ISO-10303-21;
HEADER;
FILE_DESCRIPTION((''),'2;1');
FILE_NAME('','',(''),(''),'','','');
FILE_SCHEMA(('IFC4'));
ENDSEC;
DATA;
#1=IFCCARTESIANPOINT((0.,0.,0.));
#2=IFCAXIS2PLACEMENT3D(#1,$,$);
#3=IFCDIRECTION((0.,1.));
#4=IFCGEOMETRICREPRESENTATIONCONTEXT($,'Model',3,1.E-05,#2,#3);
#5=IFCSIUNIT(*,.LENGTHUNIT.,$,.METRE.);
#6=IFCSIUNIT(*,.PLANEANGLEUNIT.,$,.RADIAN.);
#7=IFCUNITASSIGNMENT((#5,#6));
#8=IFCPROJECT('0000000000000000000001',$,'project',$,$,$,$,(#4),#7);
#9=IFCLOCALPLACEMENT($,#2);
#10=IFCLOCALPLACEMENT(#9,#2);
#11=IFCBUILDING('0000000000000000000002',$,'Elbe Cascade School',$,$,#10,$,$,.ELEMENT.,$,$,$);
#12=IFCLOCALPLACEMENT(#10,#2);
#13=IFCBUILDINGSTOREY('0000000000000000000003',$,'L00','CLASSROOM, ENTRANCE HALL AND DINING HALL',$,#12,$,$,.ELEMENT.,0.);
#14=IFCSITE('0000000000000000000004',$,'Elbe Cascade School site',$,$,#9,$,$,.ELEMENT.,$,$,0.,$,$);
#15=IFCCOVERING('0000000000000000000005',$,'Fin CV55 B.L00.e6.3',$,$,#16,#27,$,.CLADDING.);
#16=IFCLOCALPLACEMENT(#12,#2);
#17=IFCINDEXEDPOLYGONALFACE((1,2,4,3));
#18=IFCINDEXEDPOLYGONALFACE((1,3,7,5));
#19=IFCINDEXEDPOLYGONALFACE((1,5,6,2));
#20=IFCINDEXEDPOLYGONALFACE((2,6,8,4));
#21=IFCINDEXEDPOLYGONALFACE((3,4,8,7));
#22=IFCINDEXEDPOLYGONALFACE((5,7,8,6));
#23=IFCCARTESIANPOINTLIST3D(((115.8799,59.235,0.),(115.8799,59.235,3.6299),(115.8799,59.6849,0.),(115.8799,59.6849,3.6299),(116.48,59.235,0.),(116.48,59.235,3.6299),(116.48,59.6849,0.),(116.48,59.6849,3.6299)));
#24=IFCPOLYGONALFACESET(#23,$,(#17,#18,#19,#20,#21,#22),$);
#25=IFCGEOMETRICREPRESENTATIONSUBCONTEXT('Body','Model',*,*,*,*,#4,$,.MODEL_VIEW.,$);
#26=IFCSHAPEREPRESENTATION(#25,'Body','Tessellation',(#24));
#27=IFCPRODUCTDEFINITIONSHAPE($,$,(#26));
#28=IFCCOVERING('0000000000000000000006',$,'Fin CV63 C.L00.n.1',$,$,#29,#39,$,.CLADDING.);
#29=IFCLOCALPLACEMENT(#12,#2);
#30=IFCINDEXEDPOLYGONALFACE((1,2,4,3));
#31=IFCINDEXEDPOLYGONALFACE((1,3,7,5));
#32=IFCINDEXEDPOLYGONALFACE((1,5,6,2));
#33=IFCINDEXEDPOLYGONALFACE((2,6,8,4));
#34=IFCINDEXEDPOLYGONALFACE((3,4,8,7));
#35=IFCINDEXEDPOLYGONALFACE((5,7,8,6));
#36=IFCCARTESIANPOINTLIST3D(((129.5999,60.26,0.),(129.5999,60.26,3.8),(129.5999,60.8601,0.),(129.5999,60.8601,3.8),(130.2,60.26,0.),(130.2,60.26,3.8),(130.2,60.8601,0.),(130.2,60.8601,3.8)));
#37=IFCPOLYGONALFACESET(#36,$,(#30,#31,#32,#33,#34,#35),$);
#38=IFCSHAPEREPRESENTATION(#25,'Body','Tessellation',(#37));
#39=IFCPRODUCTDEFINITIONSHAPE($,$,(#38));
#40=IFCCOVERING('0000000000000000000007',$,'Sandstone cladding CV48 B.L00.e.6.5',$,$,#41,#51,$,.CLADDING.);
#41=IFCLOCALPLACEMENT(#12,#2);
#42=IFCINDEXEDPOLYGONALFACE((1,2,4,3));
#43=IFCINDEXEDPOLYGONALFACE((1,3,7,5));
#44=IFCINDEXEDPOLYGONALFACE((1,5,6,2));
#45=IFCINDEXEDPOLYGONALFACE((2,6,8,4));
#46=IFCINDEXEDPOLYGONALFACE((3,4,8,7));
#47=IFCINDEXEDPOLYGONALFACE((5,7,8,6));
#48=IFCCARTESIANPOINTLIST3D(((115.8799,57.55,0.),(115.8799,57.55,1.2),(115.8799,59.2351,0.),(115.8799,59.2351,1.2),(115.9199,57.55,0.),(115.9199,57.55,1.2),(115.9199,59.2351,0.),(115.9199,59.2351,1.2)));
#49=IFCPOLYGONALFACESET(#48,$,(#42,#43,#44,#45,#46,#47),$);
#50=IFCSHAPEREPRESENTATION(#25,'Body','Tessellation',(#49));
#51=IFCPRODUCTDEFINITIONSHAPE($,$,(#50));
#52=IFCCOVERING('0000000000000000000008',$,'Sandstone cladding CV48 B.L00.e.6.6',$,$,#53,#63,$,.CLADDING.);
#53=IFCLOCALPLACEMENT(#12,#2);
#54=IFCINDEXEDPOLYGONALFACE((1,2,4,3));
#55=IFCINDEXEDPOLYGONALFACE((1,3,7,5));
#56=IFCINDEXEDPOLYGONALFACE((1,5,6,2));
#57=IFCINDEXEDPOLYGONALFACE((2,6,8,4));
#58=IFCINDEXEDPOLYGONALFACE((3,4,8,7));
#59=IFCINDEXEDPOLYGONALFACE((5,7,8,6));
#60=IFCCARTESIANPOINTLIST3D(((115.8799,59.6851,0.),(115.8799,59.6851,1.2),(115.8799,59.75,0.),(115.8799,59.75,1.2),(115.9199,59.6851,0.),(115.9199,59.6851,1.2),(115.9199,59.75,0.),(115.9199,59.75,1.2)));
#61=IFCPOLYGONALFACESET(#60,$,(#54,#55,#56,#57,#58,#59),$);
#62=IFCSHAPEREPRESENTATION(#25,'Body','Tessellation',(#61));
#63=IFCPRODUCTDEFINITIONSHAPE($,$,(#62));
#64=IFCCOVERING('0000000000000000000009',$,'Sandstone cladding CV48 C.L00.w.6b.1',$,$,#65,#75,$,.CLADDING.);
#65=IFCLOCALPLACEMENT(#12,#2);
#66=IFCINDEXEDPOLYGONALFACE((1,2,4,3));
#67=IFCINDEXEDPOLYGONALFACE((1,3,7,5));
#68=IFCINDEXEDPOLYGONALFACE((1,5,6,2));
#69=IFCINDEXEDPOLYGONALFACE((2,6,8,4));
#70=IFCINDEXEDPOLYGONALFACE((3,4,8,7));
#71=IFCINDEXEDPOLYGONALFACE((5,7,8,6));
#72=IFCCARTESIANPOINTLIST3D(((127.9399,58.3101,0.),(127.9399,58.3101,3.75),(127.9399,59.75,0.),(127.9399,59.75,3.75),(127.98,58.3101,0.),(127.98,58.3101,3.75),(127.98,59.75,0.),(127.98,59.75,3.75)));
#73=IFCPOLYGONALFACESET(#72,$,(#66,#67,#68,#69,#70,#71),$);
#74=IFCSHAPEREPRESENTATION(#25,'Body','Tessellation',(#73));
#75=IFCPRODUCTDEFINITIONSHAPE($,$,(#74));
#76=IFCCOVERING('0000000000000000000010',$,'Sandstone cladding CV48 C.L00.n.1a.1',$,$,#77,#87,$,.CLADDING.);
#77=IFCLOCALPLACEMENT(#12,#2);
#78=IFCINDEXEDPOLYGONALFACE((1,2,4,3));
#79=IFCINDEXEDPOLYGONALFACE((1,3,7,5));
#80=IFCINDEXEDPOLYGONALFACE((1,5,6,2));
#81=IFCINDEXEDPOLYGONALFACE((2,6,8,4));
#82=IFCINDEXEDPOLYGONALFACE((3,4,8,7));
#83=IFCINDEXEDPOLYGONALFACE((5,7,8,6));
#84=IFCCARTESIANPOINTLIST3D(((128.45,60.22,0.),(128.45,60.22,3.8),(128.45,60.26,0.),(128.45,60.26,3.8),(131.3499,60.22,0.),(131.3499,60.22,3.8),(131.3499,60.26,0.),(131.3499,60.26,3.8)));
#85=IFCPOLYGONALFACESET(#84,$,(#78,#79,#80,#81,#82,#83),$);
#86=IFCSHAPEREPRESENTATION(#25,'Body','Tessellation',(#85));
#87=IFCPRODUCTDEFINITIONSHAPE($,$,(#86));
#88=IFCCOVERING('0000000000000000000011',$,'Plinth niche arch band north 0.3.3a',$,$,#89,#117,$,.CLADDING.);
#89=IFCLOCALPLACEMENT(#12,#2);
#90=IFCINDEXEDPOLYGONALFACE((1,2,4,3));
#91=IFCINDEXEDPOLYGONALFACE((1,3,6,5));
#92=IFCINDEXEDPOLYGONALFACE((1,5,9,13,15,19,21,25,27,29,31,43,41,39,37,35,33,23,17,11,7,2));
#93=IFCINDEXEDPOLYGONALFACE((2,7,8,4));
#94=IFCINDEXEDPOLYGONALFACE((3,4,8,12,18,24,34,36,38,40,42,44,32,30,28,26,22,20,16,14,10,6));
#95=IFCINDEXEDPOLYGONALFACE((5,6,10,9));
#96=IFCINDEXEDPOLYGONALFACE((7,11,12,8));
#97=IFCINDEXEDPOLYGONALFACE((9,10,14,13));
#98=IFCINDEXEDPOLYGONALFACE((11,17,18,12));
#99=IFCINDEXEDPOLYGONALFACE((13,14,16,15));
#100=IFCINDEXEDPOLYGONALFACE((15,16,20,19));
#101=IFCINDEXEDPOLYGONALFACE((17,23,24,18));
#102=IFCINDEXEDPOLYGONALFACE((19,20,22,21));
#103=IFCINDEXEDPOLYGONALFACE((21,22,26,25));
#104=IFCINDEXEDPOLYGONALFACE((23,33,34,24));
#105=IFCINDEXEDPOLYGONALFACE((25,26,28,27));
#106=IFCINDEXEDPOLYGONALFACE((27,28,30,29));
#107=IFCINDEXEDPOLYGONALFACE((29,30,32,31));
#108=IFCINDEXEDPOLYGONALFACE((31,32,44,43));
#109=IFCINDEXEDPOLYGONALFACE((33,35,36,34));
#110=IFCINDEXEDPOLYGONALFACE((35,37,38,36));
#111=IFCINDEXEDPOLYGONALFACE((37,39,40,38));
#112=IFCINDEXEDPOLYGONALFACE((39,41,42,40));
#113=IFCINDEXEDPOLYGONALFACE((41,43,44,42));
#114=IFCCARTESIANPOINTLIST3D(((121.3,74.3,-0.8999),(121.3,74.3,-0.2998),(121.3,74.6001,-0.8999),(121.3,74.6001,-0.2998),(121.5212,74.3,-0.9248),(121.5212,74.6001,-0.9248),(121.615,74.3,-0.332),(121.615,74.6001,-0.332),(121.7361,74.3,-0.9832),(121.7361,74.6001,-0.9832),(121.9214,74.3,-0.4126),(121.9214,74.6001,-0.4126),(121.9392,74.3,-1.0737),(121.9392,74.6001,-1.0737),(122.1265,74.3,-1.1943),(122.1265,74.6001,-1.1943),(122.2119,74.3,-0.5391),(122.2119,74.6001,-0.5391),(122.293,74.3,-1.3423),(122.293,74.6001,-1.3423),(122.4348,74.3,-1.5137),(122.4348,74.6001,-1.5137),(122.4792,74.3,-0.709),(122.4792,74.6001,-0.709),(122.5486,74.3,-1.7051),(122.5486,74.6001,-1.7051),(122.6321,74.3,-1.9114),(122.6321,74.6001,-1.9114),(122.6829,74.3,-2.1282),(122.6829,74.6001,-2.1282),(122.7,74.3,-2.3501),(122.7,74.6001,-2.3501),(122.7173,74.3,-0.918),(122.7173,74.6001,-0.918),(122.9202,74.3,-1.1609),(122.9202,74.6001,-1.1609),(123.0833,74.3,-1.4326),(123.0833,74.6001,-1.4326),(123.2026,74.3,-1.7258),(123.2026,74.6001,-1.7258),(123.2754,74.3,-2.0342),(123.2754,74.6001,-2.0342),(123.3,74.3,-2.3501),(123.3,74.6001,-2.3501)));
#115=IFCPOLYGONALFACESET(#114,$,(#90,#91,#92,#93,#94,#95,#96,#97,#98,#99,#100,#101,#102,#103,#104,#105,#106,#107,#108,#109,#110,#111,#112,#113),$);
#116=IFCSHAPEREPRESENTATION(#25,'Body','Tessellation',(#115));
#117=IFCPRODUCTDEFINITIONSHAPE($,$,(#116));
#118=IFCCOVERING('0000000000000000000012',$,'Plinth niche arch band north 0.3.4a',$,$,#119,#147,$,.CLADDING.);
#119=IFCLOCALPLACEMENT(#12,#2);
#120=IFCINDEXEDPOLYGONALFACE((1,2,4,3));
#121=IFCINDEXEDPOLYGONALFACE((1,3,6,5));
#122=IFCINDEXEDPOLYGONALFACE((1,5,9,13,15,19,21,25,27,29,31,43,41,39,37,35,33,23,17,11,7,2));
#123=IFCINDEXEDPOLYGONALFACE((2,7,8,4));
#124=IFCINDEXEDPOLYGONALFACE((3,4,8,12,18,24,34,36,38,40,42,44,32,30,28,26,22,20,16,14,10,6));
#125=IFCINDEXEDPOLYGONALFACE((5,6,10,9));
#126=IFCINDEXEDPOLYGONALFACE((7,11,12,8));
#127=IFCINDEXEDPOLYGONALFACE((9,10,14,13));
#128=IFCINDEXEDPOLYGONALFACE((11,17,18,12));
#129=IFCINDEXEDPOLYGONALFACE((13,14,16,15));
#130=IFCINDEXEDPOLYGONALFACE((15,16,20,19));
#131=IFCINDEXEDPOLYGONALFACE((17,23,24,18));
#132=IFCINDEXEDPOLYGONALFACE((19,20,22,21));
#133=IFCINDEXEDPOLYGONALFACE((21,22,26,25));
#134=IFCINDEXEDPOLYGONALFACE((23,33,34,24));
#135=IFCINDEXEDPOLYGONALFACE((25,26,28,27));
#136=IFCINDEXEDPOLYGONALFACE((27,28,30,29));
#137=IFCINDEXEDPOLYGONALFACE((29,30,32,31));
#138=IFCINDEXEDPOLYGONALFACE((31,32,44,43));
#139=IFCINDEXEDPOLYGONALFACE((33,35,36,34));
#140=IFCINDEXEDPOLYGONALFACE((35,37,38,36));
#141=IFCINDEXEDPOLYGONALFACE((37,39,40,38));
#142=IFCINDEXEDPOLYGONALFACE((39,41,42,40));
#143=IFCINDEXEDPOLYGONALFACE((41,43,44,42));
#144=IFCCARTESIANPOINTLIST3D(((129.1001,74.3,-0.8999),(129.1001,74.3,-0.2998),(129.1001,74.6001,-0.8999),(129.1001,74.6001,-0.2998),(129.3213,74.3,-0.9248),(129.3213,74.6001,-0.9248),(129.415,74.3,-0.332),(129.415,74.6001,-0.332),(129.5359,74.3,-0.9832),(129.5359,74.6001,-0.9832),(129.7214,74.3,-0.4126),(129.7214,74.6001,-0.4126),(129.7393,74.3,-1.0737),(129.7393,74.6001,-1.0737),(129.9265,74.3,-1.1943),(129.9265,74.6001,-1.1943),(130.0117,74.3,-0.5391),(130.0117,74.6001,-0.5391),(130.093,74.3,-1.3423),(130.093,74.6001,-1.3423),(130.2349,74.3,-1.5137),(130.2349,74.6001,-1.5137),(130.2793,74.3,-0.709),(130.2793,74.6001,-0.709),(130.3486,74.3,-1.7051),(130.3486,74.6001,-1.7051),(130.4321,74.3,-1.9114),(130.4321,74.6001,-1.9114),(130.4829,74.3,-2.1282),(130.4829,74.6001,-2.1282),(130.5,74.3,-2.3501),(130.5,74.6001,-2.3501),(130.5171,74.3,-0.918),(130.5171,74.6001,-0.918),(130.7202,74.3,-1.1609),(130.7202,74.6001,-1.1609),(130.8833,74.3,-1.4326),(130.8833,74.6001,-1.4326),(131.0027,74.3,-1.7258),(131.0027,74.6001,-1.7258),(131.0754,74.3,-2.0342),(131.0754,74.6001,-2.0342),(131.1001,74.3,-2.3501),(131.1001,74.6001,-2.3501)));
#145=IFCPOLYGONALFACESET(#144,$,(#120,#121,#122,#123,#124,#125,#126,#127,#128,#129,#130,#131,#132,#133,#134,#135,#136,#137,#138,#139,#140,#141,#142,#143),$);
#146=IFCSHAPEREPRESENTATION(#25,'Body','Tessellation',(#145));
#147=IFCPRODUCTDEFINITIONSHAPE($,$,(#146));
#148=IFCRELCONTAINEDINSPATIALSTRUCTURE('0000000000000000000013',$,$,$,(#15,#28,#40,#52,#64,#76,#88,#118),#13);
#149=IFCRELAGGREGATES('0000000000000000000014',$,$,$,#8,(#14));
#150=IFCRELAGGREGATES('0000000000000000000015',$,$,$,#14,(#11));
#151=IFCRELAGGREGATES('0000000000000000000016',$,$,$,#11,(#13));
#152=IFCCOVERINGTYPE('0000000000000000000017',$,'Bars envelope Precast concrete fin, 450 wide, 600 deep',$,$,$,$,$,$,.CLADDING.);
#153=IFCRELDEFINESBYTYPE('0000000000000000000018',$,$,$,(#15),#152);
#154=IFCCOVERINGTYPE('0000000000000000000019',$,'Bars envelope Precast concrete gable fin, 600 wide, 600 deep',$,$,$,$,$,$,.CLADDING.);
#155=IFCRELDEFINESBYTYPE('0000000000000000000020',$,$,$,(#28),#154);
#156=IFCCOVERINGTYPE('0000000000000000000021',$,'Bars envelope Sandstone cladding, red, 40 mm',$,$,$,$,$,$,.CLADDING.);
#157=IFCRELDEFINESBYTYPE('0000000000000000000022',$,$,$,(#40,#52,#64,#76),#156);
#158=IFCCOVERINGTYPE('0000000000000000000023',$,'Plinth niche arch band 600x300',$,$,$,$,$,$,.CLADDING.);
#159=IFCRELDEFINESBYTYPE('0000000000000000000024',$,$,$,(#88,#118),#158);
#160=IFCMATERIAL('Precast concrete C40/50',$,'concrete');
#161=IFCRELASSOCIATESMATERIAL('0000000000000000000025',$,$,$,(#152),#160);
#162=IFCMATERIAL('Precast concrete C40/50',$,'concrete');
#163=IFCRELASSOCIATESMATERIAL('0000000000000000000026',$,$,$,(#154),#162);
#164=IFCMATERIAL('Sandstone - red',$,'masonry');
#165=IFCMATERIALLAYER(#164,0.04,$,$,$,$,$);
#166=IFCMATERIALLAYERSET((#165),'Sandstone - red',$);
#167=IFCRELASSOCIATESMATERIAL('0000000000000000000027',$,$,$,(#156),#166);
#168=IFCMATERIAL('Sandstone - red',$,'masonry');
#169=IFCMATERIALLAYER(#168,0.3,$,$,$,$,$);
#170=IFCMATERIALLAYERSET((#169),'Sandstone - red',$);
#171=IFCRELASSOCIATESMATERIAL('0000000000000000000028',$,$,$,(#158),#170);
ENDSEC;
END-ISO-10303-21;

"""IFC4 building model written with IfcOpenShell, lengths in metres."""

from ifc_helpers import new_model, si_unit, direction, frame, origin, origin_2d, place, context, subcontext, project, spatial, polyline, rectangle, outline, extrude, material, layer, layer_set, type_object, element, save


model = new_model("IFC4")

# Units and contexts
model_context = context("Model", 3, precision=1e-05, world=origin(), true_north=direction((0.0, 1.0)))
body_context = subcontext(model_context, "Body", "Model", "MODEL_VIEW")
ifc_project = project(units=[si_unit("LENGTHUNIT", "METRE"), si_unit("PLANEANGLEUNIT", "RADIAN")], contexts=[model_context])

# Site, building, storey
site_placement = place(None, origin())
site = spatial("IfcSite", under=ifc_project, at=site_placement, Name="Elbe Cascade School site", CompositionType="ELEMENT", RefElevation=0.0)
building_placement = place(site_placement, origin())
building = spatial("IfcBuilding", under=site, at=building_placement, Name="Elbe Cascade School", CompositionType="ELEMENT")
storey_placement = place(building_placement, origin())
storey = spatial("IfcBuildingStorey", under=building, at=storey_placement, Name="L00", Description="CLASSROOM, ENTRANCE HALL AND DINING HALL", CompositionType="ELEMENT", Elevation=0.0)

# Coverings
ifc_material_1 = material(Name="Precast concrete C40/50", Category="concrete")
covering_type_1 = type_object("IfcCoveringType", Name="Bars envelope Precast concrete fin, 450 wide, 600 deep", PredefinedType="CLADDING", material=ifc_material_1)
covering_1_placement = place(storey_placement, frame((116.1799, 59.46, 0.0), z_axis=(0.0, 0.0, 1.0), x_axis=(0.0, 1.0, 0.0)))
element("IfcCovering", 1, at=covering_1_placement, inside=storey, type_object=covering_type_1, Name="Fin CV55 B.L00.e6.3", PredefinedType="CLADDING", context=body_context, shape_type="SweptSolid", body=[
    extrude(rectangle(XDim=0.45, YDim=0.6001, at=origin_2d()), origin(), (0.0, 0.0, 1.0), 3.6299),
])
ifc_material_2 = material(Name="Precast concrete C40/50", Category="concrete")
covering_type_2 = type_object("IfcCoveringType", Name="Bars envelope Precast concrete gable fin, 600 wide, 600 deep", PredefinedType="CLADDING", material=ifc_material_2)
covering_2_placement = place(storey_placement, frame((129.8999, 60.5601, 0.0), z_axis=(0.0, 0.0, 1.0), x_axis=(1.0, 0.0, 0.0)))
element("IfcCovering", 2, at=covering_2_placement, inside=storey, type_object=covering_type_2, Name="Fin CV63 C.L00.n.1", PredefinedType="CLADDING", context=body_context, shape_type="SweptSolid", body=[
    extrude(rectangle(XDim=0.6001, YDim=0.6001, at=origin_2d()), origin(), (0.0, 0.0, 1.0), 3.8),
])
ifc_material_3 = material(Name="Sandstone - red", Category="masonry")
ifc_layer_1 = layer(ifc_material_3, 0.04)
ifc_layer_set_1 = layer_set([ifc_layer_1], Name="Sandstone - red")
covering_type_3 = type_object("IfcCoveringType", Name="Bars envelope Sandstone cladding, red, 40 mm", PredefinedType="CLADDING", material=ifc_layer_set_1)
covering_3_placement = place(storey_placement, frame((115.8999, 58.3926, 0.0), z_axis=(0.0, 0.0, 1.0), x_axis=(0.0, 1.0, 0.0)))
element("IfcCovering", 3, at=covering_3_placement, inside=storey, type_object=covering_type_3, Name="Sandstone cladding CV48 B.L00.e.6.5", PredefinedType="CLADDING", context=body_context, shape_type="SweptSolid", body=[
    extrude(rectangle(XDim=1.6851, YDim=0.04, at=origin_2d()), origin(), (0.0, 0.0, 1.0), 1.2),
])
covering_4_placement = place(storey_placement, frame((115.8999, 59.7175, 0.0), z_axis=(0.0, 0.0, 1.0), x_axis=(0.0, 1.0, 0.0)))
element("IfcCovering", 4, at=covering_4_placement, inside=storey, type_object=covering_type_3, Name="Sandstone cladding CV48 B.L00.e.6.6", PredefinedType="CLADDING", context=body_context, shape_type="SweptSolid", body=[
    extrude(rectangle(XDim=0.0649, YDim=0.04, at=origin_2d()), origin(), (0.0, 0.0, 1.0), 1.2),
])
covering_5_placement = place(storey_placement, frame((127.96, 59.03, 0.0), z_axis=(0.0, 0.0, 1.0), x_axis=(0.0, 1.0, 0.0)))
element("IfcCovering", 5, at=covering_5_placement, inside=storey, type_object=covering_type_3, Name="Sandstone cladding CV48 C.L00.w.6b.1", PredefinedType="CLADDING", context=body_context, shape_type="SweptSolid", body=[
    extrude(rectangle(XDim=1.4399, YDim=0.04, at=origin_2d()), origin(), (0.0, 0.0, 1.0), 3.75),
])
covering_6_placement = place(storey_placement, frame((129.8999, 60.24, 0.0), z_axis=(0.0, 0.0, 1.0), x_axis=(1.0, 0.0, 0.0)))
element("IfcCovering", 6, at=covering_6_placement, inside=storey, type_object=covering_type_3, Name="Sandstone cladding CV48 C.L00.n.1a.1", PredefinedType="CLADDING", context=body_context, shape_type="SweptSolid", body=[
    extrude(rectangle(XDim=2.8999, YDim=0.04, at=origin_2d()), origin(), (0.0, 0.0, 1.0), 3.8),
])
ifc_material_4 = material(Name="Sandstone - red", Category="masonry")
ifc_layer_2 = layer(ifc_material_4, 0.3)
ifc_layer_set_2 = layer_set([ifc_layer_2], Name="Sandstone - red")
covering_type_4 = type_object("IfcCoveringType", Name="Plinth niche arch band 600x300", PredefinedType="CLADDING", material=ifc_layer_set_2)
covering_7_placement = place(storey_placement, frame((123.3, 74.6001, -2.3501), z_axis=(0.0, 1.0, 0.0), x_axis=(-1.0, 0.0, 0.0)))
element("IfcCovering", 7, at=covering_7_placement, inside=storey, type_object=covering_type_4, Name="Plinth niche arch band north 0.3.3a", PredefinedType="CLADDING", context=body_context, shape_type="SweptSolid", body=[
    extrude(outline(polyline([(0.0, 0.0), (0.6001, 0.0), (0.6172, 0.2219), (0.668, 0.4387), (0.7515, 0.645), (0.8652, 0.8364), (1.0071, 1.0078), (1.1736, 1.1558), (1.3608, 1.2764), (1.564, 1.3669), (1.7788, 1.4253), (2.0, 1.4502), (2.0, 2.0503), (1.6851, 2.0181), (1.3787, 1.9375), (1.0881, 1.811), (0.8208, 1.6411), (0.5828, 1.4321), (0.3799, 1.1892), (0.2168, 0.9175), (0.0974, 0.6243), (0.0247, 0.3159), (0.0, 0.0)])), origin(), (0.0, 0.0, -1.0), 0.3),
])
covering_8_placement = place(storey_placement, frame((131.1001, 74.6001, -2.3501), z_axis=(0.0, 1.0, 0.0), x_axis=(-1.0, 0.0, 0.0)))
element("IfcCovering", 8, at=covering_8_placement, inside=storey, type_object=covering_type_4, Name="Plinth niche arch band north 0.3.4a", PredefinedType="CLADDING", context=body_context, shape_type="SweptSolid", body=[
    extrude(outline(polyline([(0.0, 0.0), (0.6001, 0.0), (0.6172, 0.2219), (0.668, 0.4387), (0.7515, 0.645), (0.8652, 0.8364), (1.0071, 1.0078), (1.1736, 1.1558), (1.3608, 1.2764), (1.5642, 1.3669), (1.7788, 1.4253), (2.0, 1.4502), (2.0, 2.0503), (1.6851, 2.0181), (1.3787, 1.9375), (1.0884, 1.811), (0.8208, 1.6411), (0.583, 1.4321), (0.3799, 1.1892), (0.2168, 0.9175), (0.0974, 0.6243), (0.0247, 0.3159), (0.0, 0.0)])), origin(), (0.0, 0.0, -1.0), 0.3),
])

save(model, "model.ifc")
